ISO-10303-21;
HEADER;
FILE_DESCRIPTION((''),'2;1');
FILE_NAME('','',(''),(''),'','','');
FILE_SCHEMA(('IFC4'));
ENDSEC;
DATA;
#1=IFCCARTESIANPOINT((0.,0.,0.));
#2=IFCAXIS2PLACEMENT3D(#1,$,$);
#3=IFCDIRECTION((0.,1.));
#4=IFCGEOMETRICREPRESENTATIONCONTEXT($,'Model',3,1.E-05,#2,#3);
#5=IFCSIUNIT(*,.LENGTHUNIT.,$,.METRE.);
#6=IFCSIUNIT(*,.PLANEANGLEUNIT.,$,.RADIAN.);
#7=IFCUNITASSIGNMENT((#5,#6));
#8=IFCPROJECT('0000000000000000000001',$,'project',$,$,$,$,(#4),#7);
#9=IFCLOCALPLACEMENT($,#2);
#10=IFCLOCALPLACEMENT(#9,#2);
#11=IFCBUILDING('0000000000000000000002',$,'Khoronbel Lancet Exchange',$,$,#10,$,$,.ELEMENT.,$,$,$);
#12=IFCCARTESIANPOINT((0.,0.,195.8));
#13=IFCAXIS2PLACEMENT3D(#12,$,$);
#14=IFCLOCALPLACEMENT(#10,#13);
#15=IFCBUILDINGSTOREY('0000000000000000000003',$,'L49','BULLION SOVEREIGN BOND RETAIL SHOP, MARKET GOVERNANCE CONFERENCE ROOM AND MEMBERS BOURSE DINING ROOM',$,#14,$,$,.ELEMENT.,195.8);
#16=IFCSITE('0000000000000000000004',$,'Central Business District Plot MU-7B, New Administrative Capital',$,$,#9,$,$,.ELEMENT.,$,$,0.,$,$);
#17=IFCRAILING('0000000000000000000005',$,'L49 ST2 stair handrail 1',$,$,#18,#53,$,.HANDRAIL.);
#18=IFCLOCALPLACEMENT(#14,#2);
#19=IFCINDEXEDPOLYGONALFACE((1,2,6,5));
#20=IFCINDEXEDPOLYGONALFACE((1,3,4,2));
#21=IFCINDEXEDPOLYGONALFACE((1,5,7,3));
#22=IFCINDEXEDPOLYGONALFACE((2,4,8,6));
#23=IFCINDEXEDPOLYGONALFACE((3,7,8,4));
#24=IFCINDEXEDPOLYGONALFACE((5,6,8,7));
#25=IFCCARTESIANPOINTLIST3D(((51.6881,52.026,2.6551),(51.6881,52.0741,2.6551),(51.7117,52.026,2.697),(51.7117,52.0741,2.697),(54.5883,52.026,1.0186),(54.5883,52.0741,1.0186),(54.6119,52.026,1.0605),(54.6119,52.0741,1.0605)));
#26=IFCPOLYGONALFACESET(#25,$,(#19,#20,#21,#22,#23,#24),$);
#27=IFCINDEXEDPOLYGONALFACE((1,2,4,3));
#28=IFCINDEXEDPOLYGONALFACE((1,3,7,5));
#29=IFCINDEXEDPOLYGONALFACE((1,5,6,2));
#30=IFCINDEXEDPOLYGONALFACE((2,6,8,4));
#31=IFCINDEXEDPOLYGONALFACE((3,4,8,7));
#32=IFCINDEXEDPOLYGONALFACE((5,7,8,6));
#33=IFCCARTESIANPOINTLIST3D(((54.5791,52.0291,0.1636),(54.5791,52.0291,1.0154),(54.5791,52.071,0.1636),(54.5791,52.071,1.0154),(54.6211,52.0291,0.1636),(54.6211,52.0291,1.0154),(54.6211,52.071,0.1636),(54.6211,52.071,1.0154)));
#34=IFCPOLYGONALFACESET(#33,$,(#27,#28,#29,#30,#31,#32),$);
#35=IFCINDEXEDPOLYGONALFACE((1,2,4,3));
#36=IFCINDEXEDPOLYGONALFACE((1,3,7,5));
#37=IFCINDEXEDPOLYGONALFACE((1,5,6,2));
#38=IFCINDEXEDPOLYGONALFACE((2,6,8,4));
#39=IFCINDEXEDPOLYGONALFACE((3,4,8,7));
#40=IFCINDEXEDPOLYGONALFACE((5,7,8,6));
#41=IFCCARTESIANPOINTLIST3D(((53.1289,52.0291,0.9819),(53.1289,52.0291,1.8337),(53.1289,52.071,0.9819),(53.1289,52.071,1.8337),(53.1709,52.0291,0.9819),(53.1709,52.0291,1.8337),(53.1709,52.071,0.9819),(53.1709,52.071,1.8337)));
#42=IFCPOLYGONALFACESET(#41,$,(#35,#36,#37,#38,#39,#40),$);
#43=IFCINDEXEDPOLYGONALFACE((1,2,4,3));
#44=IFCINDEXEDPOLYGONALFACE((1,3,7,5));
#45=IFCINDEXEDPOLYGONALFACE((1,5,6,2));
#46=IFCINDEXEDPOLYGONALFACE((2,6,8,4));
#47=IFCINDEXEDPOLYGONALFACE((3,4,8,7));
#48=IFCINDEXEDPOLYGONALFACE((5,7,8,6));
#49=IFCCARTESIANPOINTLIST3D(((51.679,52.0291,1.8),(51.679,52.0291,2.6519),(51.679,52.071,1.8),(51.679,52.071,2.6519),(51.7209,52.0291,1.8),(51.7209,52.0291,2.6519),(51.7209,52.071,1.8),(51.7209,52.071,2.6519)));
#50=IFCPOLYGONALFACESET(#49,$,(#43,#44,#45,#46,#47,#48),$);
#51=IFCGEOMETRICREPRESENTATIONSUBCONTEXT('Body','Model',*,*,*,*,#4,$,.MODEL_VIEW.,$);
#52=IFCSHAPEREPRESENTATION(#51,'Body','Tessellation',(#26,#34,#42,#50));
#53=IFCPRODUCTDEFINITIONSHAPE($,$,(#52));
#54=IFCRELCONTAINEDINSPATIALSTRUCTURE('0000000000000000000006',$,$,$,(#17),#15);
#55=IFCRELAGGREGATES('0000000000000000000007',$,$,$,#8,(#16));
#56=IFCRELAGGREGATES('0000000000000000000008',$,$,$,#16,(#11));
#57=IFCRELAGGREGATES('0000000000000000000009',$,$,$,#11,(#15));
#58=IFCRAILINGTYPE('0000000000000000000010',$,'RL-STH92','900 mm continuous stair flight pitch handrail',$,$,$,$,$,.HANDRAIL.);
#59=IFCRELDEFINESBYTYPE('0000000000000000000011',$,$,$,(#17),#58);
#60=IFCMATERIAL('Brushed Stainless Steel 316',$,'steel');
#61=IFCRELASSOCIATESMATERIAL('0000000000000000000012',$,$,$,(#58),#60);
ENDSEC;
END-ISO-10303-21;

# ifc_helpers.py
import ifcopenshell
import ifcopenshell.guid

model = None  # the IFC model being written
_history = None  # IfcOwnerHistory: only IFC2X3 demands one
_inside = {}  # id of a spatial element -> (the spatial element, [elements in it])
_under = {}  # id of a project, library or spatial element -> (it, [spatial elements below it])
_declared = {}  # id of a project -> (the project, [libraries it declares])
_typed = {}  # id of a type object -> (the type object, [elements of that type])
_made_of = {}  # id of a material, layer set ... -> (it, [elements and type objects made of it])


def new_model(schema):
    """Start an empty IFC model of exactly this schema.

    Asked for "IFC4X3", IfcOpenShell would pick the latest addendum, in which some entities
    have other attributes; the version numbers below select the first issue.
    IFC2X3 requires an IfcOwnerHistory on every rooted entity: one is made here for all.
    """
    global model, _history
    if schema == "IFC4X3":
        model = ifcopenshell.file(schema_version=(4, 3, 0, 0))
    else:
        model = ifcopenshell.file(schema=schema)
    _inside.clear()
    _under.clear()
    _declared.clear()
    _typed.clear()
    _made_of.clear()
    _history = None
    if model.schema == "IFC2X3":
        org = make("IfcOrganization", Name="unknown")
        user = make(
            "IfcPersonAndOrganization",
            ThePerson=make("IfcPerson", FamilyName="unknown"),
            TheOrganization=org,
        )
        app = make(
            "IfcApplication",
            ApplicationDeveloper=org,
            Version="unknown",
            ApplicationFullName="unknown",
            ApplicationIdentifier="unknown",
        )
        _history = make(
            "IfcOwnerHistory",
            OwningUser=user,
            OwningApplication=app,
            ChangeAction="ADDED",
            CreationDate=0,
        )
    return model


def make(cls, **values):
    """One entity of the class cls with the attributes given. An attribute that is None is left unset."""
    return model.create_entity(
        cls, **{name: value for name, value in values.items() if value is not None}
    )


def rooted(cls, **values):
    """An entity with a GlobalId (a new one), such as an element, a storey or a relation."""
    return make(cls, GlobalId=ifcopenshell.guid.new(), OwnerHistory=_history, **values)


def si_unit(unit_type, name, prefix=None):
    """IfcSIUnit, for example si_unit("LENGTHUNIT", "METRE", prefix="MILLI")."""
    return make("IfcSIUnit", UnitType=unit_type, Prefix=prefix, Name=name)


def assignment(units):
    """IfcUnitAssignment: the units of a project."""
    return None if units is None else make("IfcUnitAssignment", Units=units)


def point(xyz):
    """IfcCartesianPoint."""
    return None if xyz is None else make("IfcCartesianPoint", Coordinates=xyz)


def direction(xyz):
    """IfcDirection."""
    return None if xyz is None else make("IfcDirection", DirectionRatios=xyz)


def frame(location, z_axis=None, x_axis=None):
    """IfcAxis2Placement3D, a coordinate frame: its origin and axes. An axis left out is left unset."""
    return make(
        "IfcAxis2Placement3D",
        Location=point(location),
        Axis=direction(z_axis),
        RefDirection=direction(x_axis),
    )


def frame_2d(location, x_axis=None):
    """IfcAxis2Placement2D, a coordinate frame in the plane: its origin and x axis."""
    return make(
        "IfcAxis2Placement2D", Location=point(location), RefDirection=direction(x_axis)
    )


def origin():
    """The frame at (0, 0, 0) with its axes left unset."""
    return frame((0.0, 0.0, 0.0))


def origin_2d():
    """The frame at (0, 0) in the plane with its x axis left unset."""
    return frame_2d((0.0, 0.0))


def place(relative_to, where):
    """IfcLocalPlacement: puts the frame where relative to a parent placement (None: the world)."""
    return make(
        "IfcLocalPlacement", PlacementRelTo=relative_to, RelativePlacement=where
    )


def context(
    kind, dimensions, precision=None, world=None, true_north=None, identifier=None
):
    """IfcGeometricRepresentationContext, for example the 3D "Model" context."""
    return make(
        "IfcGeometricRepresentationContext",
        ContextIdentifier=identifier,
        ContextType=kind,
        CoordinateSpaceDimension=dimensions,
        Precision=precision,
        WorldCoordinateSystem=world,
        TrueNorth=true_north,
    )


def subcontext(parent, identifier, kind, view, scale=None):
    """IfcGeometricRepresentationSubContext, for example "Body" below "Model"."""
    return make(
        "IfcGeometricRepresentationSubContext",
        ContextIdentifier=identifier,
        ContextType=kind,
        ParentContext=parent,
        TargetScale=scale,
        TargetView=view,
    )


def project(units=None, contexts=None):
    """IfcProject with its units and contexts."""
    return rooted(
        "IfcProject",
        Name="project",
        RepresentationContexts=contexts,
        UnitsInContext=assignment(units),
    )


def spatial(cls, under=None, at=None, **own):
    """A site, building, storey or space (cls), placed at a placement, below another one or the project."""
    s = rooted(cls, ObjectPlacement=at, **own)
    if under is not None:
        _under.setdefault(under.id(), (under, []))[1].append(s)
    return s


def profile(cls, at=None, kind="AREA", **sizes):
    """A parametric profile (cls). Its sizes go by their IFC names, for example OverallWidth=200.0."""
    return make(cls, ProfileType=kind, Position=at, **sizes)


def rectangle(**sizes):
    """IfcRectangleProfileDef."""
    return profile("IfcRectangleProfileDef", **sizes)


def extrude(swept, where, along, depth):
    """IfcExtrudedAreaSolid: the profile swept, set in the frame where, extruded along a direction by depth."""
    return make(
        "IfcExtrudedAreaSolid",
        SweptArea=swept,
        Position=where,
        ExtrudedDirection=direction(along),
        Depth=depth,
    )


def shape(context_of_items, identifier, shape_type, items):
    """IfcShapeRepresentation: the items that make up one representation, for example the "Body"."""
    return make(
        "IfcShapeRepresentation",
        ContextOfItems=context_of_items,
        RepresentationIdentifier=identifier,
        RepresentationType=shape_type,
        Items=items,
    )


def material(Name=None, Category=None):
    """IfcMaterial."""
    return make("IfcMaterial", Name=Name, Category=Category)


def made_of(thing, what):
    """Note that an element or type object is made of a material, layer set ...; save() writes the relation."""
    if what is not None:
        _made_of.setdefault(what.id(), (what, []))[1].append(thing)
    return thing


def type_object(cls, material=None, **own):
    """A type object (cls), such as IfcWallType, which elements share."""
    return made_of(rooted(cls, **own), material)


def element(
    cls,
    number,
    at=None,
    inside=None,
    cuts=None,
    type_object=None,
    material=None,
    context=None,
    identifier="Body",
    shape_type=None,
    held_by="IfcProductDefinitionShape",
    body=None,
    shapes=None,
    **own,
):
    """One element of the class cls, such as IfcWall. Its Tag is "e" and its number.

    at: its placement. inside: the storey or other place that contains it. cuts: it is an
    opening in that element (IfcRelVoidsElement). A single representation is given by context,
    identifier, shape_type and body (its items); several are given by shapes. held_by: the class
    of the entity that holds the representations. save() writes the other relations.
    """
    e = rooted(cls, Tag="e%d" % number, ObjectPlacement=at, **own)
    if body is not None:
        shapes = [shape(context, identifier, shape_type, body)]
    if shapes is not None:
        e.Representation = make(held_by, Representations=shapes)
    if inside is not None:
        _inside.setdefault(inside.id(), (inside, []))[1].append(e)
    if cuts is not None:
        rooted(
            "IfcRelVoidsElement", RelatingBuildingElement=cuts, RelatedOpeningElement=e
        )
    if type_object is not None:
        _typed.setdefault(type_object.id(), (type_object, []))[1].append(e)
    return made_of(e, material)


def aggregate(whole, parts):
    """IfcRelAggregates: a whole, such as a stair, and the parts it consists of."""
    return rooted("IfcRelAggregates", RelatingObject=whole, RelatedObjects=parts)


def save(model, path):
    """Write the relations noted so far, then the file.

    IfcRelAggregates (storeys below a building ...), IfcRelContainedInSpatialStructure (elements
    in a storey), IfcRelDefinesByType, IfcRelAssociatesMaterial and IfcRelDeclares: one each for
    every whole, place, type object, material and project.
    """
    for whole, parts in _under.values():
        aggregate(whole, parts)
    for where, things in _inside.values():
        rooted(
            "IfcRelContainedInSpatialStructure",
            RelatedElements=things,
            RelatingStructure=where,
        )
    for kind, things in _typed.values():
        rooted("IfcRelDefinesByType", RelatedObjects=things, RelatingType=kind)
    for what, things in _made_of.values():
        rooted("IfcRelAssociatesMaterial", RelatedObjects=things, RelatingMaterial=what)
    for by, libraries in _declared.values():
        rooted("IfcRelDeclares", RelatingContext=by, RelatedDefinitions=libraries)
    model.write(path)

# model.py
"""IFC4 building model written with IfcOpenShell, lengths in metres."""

from ifc_helpers import new_model, si_unit, direction, frame, origin, origin_2d, place, context, subcontext, project, spatial, rectangle, extrude, material, type_object, element, save


model = new_model("IFC4")

# Units and contexts
model_context = context("Model", 3, precision=1e-05, world=origin(), true_north=direction((0.0, 1.0)))
body_context = subcontext(model_context, "Body", "Model", "MODEL_VIEW")
ifc_project = project(units=[si_unit("LENGTHUNIT", "METRE"), si_unit("PLANEANGLEUNIT", "RADIAN")], contexts=[model_context])

# Site, building, storey
site_placement = place(None, origin())
site = spatial("IfcSite", under=ifc_project, at=site_placement, Name="Central Business District Plot MU-7B, New Administrative Capital", CompositionType="ELEMENT", RefElevation=0.0)
building_placement = place(site_placement, origin())
building = spatial("IfcBuilding", under=site, at=building_placement, Name="Khoronbel Lancet Exchange", CompositionType="ELEMENT")
storey_placement = place(building_placement, frame((0.0, 0.0, 195.8)))
storey = spatial("IfcBuildingStorey", under=building, at=storey_placement, Name="L49", Description="BULLION SOVEREIGN BOND RETAIL SHOP, MARKET GOVERNANCE CONFERENCE ROOM AND MEMBERS BOURSE DINING ROOM", CompositionType="ELEMENT", Elevation=195.8)

# Railing
ifc_material_1 = material(Name="Brushed Stainless Steel 316", Category="steel")
railing_type_1 = type_object("IfcRailingType", Name="RL-STH92", Description="900 mm continuous stair flight pitch handrail", PredefinedType="HANDRAIL", material=ifc_material_1)
railing_1_placement = place(storey_placement, frame((54.6001, 52.05, 0.1636)))
element("IfcRailing", 1, at=railing_1_placement, inside=storey, type_object=railing_type_1, Name="L49 ST2 stair handrail 1", PredefinedType="HANDRAIL", context=body_context, shape_type="SweptSolid", body=[
    extrude(rectangle(XDim=0.0481, YDim=0.0481, at=origin_2d()), frame((0.0, 0.0, 0.876), z_axis=(-0.870915, 0.0, 0.491434), x_axis=(0.0, -1.0, 0.0)), (0.0, 0.0, 1.0), 3.3301),
    extrude(rectangle(XDim=0.042, YDim=0.042, at=origin_2d()), origin(), (0.0, 0.0, 1.0), 0.8518),
    extrude(rectangle(XDim=0.042, YDim=0.042, at=origin_2d()), frame((-1.4502, 0.0, 0.8184)), (0.0, 0.0, 1.0), 0.8518),
    extrude(rectangle(XDim=0.042, YDim=0.042, at=origin_2d()), frame((-2.9001, 0.0, 1.6365)), (0.0, 0.0, 1.0), 0.8518),
])

save(model, "model.ifc")
